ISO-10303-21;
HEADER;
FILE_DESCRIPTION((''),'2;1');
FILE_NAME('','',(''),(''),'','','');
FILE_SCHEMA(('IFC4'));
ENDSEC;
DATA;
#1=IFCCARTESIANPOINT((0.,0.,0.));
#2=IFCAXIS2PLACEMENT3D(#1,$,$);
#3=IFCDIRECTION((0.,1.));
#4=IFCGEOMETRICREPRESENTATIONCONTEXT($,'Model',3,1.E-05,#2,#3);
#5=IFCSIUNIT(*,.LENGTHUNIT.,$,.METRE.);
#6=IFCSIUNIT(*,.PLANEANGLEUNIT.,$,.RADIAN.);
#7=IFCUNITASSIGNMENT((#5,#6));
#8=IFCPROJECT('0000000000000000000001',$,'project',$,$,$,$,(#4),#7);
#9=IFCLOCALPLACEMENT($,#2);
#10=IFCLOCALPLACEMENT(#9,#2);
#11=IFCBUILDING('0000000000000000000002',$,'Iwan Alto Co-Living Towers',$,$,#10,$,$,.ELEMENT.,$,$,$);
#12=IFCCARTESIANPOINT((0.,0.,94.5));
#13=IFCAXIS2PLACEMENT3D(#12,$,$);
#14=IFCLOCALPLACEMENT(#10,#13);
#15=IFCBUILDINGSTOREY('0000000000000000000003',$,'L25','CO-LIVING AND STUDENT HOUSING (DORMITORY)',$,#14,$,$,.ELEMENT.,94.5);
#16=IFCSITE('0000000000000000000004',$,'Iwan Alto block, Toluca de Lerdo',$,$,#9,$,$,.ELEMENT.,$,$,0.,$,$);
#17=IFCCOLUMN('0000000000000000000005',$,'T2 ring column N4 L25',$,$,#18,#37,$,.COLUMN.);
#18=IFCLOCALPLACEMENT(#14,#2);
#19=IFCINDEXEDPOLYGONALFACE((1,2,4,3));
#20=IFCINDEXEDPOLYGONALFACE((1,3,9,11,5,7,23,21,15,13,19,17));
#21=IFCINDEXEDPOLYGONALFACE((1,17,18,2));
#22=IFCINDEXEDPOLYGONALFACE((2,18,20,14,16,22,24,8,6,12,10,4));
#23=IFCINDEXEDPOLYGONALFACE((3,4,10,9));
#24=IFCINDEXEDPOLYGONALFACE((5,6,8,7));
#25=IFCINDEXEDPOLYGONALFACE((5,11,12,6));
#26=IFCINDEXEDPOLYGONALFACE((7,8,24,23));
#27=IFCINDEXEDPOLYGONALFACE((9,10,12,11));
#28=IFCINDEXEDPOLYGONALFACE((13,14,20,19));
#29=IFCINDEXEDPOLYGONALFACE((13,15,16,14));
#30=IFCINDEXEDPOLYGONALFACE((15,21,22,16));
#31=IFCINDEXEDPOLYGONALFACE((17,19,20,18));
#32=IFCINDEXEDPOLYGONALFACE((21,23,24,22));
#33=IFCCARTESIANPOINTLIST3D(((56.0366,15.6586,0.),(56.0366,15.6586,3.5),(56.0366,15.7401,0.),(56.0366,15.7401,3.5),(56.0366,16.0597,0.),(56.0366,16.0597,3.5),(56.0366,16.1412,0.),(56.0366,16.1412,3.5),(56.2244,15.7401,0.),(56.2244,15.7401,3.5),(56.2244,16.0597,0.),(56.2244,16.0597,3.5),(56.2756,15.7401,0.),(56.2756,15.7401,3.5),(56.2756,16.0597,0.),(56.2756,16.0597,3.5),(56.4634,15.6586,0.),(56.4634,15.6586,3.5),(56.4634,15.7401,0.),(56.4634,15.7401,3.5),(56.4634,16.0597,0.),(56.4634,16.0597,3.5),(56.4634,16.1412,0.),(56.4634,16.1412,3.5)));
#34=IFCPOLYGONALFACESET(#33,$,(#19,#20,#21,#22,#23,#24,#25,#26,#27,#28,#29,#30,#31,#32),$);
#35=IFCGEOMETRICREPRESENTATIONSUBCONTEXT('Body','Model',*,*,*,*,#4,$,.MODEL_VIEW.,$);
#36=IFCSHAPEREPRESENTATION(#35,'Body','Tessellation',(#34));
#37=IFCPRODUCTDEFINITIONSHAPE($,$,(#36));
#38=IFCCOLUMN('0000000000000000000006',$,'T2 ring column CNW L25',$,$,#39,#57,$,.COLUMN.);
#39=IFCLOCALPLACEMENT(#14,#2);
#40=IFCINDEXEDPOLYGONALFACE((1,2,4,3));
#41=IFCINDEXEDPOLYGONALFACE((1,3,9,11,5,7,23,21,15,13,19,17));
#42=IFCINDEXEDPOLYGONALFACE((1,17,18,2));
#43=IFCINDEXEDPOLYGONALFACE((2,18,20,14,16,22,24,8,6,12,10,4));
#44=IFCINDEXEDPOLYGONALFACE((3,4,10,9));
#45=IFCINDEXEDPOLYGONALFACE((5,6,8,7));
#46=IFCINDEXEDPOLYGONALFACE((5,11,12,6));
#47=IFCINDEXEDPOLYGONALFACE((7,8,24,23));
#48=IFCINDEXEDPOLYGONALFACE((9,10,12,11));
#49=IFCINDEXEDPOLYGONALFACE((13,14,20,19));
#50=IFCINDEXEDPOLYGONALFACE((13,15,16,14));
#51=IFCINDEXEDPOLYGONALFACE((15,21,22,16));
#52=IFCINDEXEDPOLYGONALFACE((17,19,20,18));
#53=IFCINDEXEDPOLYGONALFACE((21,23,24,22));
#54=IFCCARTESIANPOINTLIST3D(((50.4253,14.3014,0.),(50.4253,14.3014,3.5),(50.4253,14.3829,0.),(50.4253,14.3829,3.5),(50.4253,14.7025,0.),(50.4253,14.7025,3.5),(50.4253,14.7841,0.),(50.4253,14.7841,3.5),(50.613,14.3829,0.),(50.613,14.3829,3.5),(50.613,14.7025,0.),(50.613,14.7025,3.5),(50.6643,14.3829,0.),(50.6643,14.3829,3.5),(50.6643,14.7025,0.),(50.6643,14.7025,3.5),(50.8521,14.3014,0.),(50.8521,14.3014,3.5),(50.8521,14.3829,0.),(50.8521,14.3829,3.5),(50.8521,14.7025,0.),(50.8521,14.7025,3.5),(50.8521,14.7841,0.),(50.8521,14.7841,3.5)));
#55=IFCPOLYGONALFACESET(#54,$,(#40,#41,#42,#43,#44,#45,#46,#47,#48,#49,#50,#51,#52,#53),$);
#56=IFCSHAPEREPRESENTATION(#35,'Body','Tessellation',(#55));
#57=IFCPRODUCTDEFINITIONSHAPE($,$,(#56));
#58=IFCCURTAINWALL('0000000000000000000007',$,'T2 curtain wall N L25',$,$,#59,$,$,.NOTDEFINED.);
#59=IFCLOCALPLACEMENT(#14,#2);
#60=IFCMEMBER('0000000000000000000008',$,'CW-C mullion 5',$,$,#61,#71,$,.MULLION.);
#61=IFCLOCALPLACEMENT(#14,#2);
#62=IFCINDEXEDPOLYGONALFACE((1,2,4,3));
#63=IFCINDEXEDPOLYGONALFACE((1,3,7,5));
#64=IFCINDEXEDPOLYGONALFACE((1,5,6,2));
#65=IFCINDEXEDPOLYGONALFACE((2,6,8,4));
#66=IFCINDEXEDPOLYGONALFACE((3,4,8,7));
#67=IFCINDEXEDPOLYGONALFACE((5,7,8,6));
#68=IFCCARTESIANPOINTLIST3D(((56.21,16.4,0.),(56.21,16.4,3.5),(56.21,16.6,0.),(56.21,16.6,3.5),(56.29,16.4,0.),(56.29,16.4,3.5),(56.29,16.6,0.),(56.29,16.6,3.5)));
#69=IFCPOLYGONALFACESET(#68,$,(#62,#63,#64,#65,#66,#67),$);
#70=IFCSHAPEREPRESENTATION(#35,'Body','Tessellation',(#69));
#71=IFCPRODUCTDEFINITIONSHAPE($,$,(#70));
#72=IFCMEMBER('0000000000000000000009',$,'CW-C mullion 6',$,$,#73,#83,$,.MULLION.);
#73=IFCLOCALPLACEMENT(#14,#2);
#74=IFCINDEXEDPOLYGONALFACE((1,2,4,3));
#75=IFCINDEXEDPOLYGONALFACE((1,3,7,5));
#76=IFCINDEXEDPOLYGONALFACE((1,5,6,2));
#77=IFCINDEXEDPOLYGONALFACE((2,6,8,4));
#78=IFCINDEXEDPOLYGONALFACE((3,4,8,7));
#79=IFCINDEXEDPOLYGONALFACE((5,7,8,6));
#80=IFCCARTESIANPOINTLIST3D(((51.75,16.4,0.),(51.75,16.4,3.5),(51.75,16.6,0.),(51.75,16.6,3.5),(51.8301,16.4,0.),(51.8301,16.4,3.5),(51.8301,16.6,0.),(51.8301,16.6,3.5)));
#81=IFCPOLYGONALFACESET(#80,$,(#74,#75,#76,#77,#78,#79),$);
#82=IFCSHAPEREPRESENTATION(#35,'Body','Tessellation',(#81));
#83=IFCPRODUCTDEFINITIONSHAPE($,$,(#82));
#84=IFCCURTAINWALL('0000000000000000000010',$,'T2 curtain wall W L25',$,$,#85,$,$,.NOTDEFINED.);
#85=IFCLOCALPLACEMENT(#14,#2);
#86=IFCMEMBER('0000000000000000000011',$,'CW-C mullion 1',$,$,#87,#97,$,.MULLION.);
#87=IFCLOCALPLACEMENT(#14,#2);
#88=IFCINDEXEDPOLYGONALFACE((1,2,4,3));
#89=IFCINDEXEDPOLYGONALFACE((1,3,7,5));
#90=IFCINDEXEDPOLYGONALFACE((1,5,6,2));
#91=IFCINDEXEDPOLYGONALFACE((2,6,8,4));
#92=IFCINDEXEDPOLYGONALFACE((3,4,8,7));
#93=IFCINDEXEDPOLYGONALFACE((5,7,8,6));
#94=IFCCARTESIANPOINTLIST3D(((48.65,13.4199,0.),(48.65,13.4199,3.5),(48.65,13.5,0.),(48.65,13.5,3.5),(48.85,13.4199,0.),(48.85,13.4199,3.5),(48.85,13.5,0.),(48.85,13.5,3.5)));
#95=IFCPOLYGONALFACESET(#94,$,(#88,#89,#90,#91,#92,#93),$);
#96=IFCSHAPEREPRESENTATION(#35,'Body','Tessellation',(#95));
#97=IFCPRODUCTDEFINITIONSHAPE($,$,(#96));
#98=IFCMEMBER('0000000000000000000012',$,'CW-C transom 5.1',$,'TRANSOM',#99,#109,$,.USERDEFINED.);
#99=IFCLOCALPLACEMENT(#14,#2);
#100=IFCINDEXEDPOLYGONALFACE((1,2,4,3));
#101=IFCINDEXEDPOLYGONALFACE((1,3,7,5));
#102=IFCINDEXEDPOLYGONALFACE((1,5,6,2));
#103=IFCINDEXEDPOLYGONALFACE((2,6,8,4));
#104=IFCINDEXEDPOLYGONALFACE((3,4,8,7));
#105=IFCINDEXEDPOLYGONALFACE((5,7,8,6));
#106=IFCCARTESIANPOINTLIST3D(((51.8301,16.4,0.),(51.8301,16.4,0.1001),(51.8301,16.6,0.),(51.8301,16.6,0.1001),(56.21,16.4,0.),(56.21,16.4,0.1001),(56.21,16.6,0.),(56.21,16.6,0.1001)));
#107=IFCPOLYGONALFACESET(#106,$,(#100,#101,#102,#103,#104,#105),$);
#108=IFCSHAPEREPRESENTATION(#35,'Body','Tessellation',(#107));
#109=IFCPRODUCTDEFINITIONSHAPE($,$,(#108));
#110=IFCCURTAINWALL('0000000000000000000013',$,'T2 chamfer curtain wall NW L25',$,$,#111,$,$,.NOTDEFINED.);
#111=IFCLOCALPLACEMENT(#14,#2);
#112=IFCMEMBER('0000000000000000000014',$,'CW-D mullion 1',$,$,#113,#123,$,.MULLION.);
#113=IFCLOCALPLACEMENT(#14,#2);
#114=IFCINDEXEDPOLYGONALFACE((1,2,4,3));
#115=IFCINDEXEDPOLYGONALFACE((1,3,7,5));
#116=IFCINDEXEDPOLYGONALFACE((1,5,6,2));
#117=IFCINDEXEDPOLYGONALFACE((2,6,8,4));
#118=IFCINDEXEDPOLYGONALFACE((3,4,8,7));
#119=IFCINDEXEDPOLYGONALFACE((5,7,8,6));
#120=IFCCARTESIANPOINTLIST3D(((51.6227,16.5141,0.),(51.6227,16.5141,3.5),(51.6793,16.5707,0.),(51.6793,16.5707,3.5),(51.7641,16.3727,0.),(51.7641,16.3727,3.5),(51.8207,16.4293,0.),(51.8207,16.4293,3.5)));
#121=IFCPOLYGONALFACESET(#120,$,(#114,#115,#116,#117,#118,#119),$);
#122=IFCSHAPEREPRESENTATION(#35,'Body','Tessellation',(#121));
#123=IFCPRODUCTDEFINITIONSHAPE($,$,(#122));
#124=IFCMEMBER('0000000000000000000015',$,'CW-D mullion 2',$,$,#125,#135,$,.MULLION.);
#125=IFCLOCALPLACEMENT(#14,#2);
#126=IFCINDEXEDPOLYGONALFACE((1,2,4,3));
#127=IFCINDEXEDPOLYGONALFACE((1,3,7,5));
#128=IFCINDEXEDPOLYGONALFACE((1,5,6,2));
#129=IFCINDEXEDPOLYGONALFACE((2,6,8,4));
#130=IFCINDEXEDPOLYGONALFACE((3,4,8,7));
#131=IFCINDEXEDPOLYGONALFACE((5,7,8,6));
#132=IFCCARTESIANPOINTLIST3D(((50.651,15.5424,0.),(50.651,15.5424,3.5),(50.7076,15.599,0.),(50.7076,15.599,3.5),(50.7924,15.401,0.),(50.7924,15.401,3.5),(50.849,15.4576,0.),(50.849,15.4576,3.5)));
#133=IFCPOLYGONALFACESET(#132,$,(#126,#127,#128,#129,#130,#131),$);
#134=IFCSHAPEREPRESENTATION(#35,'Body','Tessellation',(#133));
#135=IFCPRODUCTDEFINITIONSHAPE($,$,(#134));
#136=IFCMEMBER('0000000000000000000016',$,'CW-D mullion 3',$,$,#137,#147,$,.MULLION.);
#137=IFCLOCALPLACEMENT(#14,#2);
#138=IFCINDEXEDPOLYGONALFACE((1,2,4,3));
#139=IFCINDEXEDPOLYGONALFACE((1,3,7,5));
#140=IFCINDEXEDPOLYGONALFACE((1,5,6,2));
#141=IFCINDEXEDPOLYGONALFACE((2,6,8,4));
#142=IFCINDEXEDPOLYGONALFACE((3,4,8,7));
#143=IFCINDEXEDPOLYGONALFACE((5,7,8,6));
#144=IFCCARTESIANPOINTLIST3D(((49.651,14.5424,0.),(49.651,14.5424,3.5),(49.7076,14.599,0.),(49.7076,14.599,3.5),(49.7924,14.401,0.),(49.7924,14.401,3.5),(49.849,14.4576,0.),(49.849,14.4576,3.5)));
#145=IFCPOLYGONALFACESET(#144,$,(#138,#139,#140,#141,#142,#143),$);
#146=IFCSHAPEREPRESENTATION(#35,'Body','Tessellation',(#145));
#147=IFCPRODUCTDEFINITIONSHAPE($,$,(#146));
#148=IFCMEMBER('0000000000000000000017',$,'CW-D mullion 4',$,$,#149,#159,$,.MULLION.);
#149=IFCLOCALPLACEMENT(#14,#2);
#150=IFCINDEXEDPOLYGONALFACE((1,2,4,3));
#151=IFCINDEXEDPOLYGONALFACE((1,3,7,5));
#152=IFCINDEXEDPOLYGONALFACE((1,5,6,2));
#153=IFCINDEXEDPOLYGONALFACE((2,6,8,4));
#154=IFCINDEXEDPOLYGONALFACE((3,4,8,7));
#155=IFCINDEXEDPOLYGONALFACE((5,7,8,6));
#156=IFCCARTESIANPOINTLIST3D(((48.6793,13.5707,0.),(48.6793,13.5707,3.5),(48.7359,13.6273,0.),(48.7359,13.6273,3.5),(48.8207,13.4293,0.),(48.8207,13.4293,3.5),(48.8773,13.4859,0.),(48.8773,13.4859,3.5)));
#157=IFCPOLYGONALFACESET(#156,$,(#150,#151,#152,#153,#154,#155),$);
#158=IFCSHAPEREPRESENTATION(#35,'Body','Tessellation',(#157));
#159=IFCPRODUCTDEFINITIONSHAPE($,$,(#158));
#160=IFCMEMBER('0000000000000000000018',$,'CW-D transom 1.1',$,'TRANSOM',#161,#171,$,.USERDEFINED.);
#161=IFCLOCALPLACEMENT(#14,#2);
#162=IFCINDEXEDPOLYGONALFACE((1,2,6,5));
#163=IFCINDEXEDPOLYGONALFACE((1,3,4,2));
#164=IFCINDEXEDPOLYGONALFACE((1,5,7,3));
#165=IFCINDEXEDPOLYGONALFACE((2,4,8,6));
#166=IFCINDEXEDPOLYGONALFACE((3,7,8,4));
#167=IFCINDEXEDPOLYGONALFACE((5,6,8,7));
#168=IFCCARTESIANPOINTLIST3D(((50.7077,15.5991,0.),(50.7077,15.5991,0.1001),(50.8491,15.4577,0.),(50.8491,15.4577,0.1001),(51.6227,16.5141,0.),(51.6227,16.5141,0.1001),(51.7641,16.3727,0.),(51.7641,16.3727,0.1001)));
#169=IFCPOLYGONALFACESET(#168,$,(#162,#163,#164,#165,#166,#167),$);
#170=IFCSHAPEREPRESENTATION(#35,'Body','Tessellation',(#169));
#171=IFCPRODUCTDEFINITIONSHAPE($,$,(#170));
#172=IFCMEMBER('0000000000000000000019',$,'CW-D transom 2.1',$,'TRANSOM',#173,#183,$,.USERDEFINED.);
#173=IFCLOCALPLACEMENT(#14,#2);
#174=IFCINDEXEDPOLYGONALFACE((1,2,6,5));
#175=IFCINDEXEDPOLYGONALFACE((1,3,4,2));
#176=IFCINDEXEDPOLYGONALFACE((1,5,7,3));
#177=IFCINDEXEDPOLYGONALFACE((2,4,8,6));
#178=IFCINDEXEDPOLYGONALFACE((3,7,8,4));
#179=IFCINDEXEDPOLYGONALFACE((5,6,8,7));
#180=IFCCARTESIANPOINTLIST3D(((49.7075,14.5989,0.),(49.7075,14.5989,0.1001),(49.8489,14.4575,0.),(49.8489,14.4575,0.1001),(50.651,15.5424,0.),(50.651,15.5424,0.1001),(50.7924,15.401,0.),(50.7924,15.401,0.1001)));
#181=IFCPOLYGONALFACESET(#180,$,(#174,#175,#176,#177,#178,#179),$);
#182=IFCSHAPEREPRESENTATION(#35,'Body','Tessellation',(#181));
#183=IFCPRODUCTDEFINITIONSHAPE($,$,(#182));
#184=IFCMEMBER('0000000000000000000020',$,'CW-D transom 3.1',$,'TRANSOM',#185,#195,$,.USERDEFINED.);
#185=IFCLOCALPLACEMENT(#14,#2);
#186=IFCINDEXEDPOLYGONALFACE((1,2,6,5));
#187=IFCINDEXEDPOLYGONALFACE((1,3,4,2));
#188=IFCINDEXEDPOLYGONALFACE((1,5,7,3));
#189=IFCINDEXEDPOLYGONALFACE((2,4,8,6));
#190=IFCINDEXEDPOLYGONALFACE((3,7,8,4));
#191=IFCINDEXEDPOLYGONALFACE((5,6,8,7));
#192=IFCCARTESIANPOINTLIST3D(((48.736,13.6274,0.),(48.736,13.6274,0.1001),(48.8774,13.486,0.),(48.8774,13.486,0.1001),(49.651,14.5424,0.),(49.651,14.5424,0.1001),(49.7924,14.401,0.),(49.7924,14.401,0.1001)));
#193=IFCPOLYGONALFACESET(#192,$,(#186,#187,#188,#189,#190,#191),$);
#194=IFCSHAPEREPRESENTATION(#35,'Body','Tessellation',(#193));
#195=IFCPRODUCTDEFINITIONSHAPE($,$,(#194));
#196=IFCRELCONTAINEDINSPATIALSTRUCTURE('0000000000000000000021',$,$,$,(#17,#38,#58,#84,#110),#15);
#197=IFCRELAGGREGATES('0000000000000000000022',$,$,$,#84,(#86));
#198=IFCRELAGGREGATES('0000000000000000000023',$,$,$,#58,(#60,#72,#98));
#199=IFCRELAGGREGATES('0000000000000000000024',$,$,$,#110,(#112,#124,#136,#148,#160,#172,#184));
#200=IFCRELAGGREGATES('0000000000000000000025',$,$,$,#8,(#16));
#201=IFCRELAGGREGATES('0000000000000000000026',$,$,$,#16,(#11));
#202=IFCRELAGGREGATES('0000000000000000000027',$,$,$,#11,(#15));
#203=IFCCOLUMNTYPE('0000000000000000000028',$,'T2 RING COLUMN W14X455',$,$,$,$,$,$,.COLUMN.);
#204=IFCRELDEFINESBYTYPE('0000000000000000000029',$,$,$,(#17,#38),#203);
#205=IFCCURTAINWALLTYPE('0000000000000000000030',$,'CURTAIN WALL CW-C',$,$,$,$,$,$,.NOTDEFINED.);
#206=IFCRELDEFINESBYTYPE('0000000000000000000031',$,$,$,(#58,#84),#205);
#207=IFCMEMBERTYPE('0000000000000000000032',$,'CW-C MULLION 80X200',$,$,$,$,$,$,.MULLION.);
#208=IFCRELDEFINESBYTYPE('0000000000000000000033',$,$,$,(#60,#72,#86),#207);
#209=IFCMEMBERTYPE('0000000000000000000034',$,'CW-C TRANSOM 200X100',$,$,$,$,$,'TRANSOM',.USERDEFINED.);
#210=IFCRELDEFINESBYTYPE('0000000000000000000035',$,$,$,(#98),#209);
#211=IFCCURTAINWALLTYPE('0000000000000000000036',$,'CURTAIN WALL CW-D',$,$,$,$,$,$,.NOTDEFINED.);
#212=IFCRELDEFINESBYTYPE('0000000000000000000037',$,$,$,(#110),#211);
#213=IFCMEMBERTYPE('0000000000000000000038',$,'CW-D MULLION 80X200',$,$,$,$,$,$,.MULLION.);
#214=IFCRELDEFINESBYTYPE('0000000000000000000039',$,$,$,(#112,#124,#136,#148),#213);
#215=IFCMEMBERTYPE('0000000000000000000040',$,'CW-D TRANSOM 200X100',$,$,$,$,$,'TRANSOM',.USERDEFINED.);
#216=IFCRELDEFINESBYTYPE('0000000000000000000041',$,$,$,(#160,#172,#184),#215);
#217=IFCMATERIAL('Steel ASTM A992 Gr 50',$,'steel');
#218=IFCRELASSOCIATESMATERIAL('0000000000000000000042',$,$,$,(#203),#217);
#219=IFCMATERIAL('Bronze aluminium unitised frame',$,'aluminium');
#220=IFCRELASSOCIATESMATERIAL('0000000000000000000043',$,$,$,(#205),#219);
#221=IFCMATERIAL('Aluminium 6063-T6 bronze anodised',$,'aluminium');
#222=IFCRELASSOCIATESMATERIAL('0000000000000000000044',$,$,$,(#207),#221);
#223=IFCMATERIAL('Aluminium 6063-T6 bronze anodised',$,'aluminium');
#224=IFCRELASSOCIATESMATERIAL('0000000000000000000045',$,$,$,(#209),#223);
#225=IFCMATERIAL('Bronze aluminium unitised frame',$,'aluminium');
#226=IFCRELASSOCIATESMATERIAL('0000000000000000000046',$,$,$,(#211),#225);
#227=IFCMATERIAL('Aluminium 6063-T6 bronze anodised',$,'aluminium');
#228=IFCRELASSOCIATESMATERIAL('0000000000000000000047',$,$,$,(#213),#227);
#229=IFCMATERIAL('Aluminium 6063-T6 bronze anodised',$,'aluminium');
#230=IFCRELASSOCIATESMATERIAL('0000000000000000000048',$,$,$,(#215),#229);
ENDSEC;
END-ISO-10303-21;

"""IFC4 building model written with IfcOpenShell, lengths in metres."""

from ifc_helpers import new_model, si_unit, direction, frame, origin, origin_2d, place, context, subcontext, project, spatial, rectangle, i_section, extrude, material, material_profile, profile_set, type_object, element, aggregate, save


model = new_model("IFC4")

# Units and contexts
model_context = context("Model", 3, precision=1e-05, world=origin(), true_north=direction((0.0, 1.0)))
body_context = subcontext(model_context, "Body", "Model", "MODEL_VIEW")
ifc_project = project(units=[si_unit("LENGTHUNIT", "METRE"), si_unit("PLANEANGLEUNIT", "RADIAN")], contexts=[model_context])

# Site, building, storey
site_placement = place(None, origin())
site = spatial("IfcSite", under=ifc_project, at=site_placement, Name="Iwan Alto block, Toluca de Lerdo", CompositionType="ELEMENT", RefElevation=0.0)
building_placement = place(site_placement, origin())
building = spatial("IfcBuilding", under=site, at=building_placement, Name="Iwan Alto Co-Living Towers", CompositionType="ELEMENT")
storey_placement = place(building_placement, frame((0.0, 0.0, 94.5)))
storey = spatial("IfcBuildingStorey", under=building, at=storey_placement, Name="L25", Description="CO-LIVING AND STUDENT HOUSING (DORMITORY)", CompositionType="ELEMENT", Elevation=94.5)

# Columns
ifc_material_1 = material(Name="Steel ASTM A992 Gr 50", Category="steel")
ifc_material_profile_1 = material_profile(ifc_material_1, i_section(OverallWidth=0.4268, OverallDepth=0.4827, WebThickness=0.0513, FlangeThickness=0.0815, at=origin_2d()), Name="W14X455")
ifc_profile_set_1 = profile_set([ifc_material_profile_1], Name="Steel ASTM A992 Gr 50")
column_type = type_object("IfcColumnType", Name="T2 RING COLUMN W14X455", PredefinedType="COLUMN", material=ifc_profile_set_1)
for number, where, z_axis, x_axis, name in (
    (1, (56.25, 15.8999, 0.0), (0.0, 0.0, 1.0), (1.0, 0.0, 0.0), "T2 ring column N4 L25"),
    (2, (50.6387, 14.5427, 0.0), (0.0, 0.0, 1.0), (1.0, 0.0, 0.0), "T2 ring column CNW L25"),
):
    element("IfcColumn", number, at=place(storey_placement, frame(where, z_axis=z_axis, x_axis=x_axis)), inside=storey, type_object=column_type, Name=name, PredefinedType="COLUMN", context=body_context, shape_type="SweptSolid", body=[
        extrude(i_section(OverallWidth=0.4268, OverallDepth=0.4827, WebThickness=0.0513, FlangeThickness=0.0815, at=origin_2d()), origin(), (0.0, 0.0, 1.0), 3.5),
    ])

# Curtain wall, members
ifc_material_2 = material(Name="Bronze aluminium unitised frame", Category="aluminium")
curtain_wall_type_1 = type_object("IfcCurtainWallType", Name="CURTAIN WALL CW-C", PredefinedType="NOTDEFINED", material=ifc_material_2)
curtain_wall_1_placement = place(storey_placement, origin())
curtain_wall_1 = element("IfcCurtainWall", 3, at=curtain_wall_1_placement, inside=storey, type_object=curtain_wall_type_1, Name="T2 curtain wall N L25", PredefinedType="NOTDEFINED")
ifc_material_3 = material(Name="Aluminium 6063-T6 bronze anodised", Category="aluminium")
ifc_material_profile_2 = material_profile(ifc_material_3, rectangle(XDim=0.2, YDim=0.0801, at=origin_2d()), Name="AL 80X200")
ifc_profile_set_2 = profile_set([ifc_material_profile_2], Name="Aluminium 6063-T6 bronze anodised")
member_type_1 = type_object("IfcMemberType", Name="CW-C MULLION 80X200", PredefinedType="MULLION", material=ifc_profile_set_2)
member_1_placement = place(storey_placement, frame((56.25, 16.5, 0.0), z_axis=(0.0, 0.0, 1.0), x_axis=(0.0, -1.0, 0.0)))
member_1 = element("IfcMember", 4, at=member_1_placement, type_object=member_type_1, Name="CW-C mullion 5", PredefinedType="MULLION", context=body_context, shape_type="SweptSolid", body=[
    extrude(rectangle(XDim=0.2, YDim=0.0801, at=origin_2d()), origin(), (0.0, 0.0, 1.0), 3.5),
])
member_2_placement = place(storey_placement, frame((51.79, 16.5, 0.0), z_axis=(0.0, 0.0, 1.0), x_axis=(0.0, -1.0, 0.0)))
member_2 = element("IfcMember", 5, at=member_2_placement, type_object=member_type_1, Name="CW-C mullion 6", PredefinedType="MULLION", context=body_context, shape_type="SweptSolid", body=[
    extrude(rectangle(XDim=0.2, YDim=0.0801, at=origin_2d()), origin(), (0.0, 0.0, 1.0), 3.5),
])

# Curtain wall, member
curtain_wall_2_placement = place(storey_placement, origin())
curtain_wall_2 = element("IfcCurtainWall", 6, at=curtain_wall_2_placement, inside=storey, type_object=curtain_wall_type_1, Name="T2 curtain wall W L25", PredefinedType="NOTDEFINED")
member_3_placement = place(storey_placement, frame((48.75, 13.46, 0.0), z_axis=(0.0, 0.0, 1.0), x_axis=(1.0, 0.0, 0.0)))
member_3 = element("IfcMember", 7, at=member_3_placement, type_object=member_type_1, Name="CW-C mullion 1", PredefinedType="MULLION", context=body_context, shape_type="SweptSolid", body=[
    extrude(rectangle(XDim=0.2, YDim=0.0801, at=origin_2d()), origin(), (0.0, 0.0, 1.0), 3.5),
])
aggregate(curtain_wall_2, [member_3])

# Member
ifc_material_4 = material(Name="Aluminium 6063-T6 bronze anodised", Category="aluminium")
ifc_material_profile_3 = material_profile(ifc_material_4, rectangle(XDim=0.2, YDim=0.1001, at=origin_2d()), Name="AL 200X100")
ifc_profile_set_3 = profile_set([ifc_material_profile_3], Name="Aluminium 6063-T6 bronze anodised")
member_type_2 = type_object("IfcMemberType", Name="CW-C TRANSOM 200X100", ElementType="TRANSOM", PredefinedType="USERDEFINED", material=ifc_profile_set_3)
member_4_placement = place(storey_placement, frame((56.21, 16.5, 0.05), z_axis=(-1.0, 0.0, 0.0), x_axis=(0.0, -1.0, 0.0)))
member_4 = element("IfcMember", 8, at=member_4_placement, type_object=member_type_2, Name="CW-C transom 5.1", ObjectType="TRANSOM", PredefinedType="USERDEFINED", context=body_context, shape_type="SweptSolid", body=[
    extrude(rectangle(XDim=0.2, YDim=0.1001, at=origin_2d()), origin(), (0.0, 0.0, 1.0), 4.3799),
])

# Curtain wall, members
ifc_material_5 = material(Name="Bronze aluminium unitised frame", Category="aluminium")
curtain_wall_type_2 = type_object("IfcCurtainWallType", Name="CURTAIN WALL CW-D", PredefinedType="NOTDEFINED", material=ifc_material_5)
curtain_wall_3_placement = place(storey_placement, origin())
curtain_wall_3 = element("IfcCurtainWall", 9, at=curtain_wall_3_placement, inside=storey, type_object=curtain_wall_type_2, Name="T2 chamfer curtain wall NW L25", PredefinedType="NOTDEFINED")
ifc_material_6 = material(Name="Aluminium 6063-T6 bronze anodised", Category="aluminium")
ifc_material_profile_4 = material_profile(ifc_material_6, rectangle(XDim=0.2, YDim=0.0801, at=origin_2d()), Name="AL 80X200")
ifc_profile_set_4 = profile_set([ifc_material_profile_4], Name="Aluminium 6063-T6 bronze anodised")
member_type_3 = type_object("IfcMemberType", Name="CW-D MULLION 80X200", PredefinedType="MULLION", material=ifc_profile_set_4)
member_5_placement = place(storey_placement, frame((51.7217, 16.4717, 0.0), z_axis=(0.0, 0.0, 1.0), x_axis=(0.707107, -0.707107, 0.0)))
member_5 = element("IfcMember", 10, at=member_5_placement, type_object=member_type_3, Name="CW-D mullion 1", PredefinedType="MULLION", context=body_context, shape_type="SweptSolid", body=[
    extrude(rectangle(XDim=0.2, YDim=0.0801, at=origin_2d()), origin(), (0.0, 0.0, 1.0), 3.5),
])
member_6_placement = place(storey_placement, frame((50.75, 15.5, 0.0), z_axis=(0.0, 0.0, 1.0), x_axis=(0.707107, -0.707107, 0.0)))
member_6 = element("IfcMember", 11, at=member_6_placement, type_object=member_type_3, Name="CW-D mullion 2", PredefinedType="MULLION", context=body_context, shape_type="SweptSolid", body=[
    extrude(rectangle(XDim=0.2, YDim=0.0801, at=origin_2d()), origin(), (0.0, 0.0, 1.0), 3.5),
])
member_7_placement = place(storey_placement, frame((49.75, 14.5, 0.0), z_axis=(0.0, 0.0, 1.0), x_axis=(0.707107, -0.707107, 0.0)))
member_7 = element("IfcMember", 12, at=member_7_placement, type_object=member_type_3, Name="CW-D mullion 3", PredefinedType="MULLION", context=body_context, shape_type="SweptSolid", body=[
    extrude(rectangle(XDim=0.2, YDim=0.0801, at=origin_2d()), origin(), (0.0, 0.0, 1.0), 3.5),
])
member_8_placement = place(storey_placement, frame((48.7783, 13.5283, 0.0), z_axis=(0.0, 0.0, 1.0), x_axis=(0.707107, -0.707107, 0.0)))
member_8 = element("IfcMember", 13, at=member_8_placement, type_object=member_type_3, Name="CW-D mullion 4", PredefinedType="MULLION", context=body_context, shape_type="SweptSolid", body=[
    extrude(rectangle(XDim=0.2, YDim=0.0801, at=origin_2d()), origin(), (0.0, 0.0, 1.0), 3.5),
])
ifc_material_7 = material(Name="Aluminium 6063-T6 bronze anodised", Category="aluminium")
ifc_material_profile_5 = material_profile(ifc_material_7, rectangle(XDim=0.2, YDim=0.1001, at=origin_2d()), Name="AL 200X100")
ifc_profile_set_5 = profile_set([ifc_material_profile_5], Name="Aluminium 6063-T6 bronze anodised")
member_type_4 = type_object("IfcMemberType", Name="CW-D TRANSOM 200X100", ElementType="TRANSOM", PredefinedType="USERDEFINED", material=ifc_profile_set_5)
member_9_placement = place(storey_placement, frame((51.6934, 16.4434, 0.05), z_axis=(-0.707107, -0.707107, 0.0), x_axis=(0.707107, -0.707107, 0.0)))
member_9 = element("IfcMember", 14, at=member_9_placement, type_object=member_type_4, Name="CW-D transom 1.1", ObjectType="TRANSOM", PredefinedType="USERDEFINED", context=body_context, shape_type="SweptSolid", body=[
    extrude(rectangle(XDim=0.2, YDim=0.1001, at=origin_2d()), origin(), (0.0, 0.0, 1.0), 1.2939),
])
member_10_placement = place(storey_placement, frame((50.7217, 15.4717, 0.05), z_axis=(-0.707107, -0.707107, 0.0), x_axis=(0.707107, -0.707107, 0.0)))
member_10 = element("IfcMember", 15, at=member_10_placement, type_object=member_type_4, Name="CW-D transom 2.1", ObjectType="TRANSOM", PredefinedType="USERDEFINED", context=body_context, shape_type="SweptSolid", body=[
    extrude(rectangle(XDim=0.2, YDim=0.1001, at=origin_2d()), origin(), (0.0, 0.0, 1.0), 1.3342),
])
member_11_placement = place(storey_placement, frame((49.7217, 14.4717, 0.05), z_axis=(-0.707107, -0.707107, 0.0), x_axis=(0.707107, -0.707107, 0.0)))
member_11 = element("IfcMember", 16, at=member_11_placement, type_object=member_type_4, Name="CW-D transom 3.1", ObjectType="TRANSOM", PredefinedType="USERDEFINED", context=body_context, shape_type="SweptSolid", body=[
    extrude(rectangle(XDim=0.2, YDim=0.1001, at=origin_2d()), origin(), (0.0, 0.0, 1.0), 1.2939),
])

aggregate(curtain_wall_1, [member_1, member_2, member_4])
aggregate(curtain_wall_3, [member_5, member_6, member_7, member_8, member_9, member_10, member_11])

save(model, "model.ifc")
